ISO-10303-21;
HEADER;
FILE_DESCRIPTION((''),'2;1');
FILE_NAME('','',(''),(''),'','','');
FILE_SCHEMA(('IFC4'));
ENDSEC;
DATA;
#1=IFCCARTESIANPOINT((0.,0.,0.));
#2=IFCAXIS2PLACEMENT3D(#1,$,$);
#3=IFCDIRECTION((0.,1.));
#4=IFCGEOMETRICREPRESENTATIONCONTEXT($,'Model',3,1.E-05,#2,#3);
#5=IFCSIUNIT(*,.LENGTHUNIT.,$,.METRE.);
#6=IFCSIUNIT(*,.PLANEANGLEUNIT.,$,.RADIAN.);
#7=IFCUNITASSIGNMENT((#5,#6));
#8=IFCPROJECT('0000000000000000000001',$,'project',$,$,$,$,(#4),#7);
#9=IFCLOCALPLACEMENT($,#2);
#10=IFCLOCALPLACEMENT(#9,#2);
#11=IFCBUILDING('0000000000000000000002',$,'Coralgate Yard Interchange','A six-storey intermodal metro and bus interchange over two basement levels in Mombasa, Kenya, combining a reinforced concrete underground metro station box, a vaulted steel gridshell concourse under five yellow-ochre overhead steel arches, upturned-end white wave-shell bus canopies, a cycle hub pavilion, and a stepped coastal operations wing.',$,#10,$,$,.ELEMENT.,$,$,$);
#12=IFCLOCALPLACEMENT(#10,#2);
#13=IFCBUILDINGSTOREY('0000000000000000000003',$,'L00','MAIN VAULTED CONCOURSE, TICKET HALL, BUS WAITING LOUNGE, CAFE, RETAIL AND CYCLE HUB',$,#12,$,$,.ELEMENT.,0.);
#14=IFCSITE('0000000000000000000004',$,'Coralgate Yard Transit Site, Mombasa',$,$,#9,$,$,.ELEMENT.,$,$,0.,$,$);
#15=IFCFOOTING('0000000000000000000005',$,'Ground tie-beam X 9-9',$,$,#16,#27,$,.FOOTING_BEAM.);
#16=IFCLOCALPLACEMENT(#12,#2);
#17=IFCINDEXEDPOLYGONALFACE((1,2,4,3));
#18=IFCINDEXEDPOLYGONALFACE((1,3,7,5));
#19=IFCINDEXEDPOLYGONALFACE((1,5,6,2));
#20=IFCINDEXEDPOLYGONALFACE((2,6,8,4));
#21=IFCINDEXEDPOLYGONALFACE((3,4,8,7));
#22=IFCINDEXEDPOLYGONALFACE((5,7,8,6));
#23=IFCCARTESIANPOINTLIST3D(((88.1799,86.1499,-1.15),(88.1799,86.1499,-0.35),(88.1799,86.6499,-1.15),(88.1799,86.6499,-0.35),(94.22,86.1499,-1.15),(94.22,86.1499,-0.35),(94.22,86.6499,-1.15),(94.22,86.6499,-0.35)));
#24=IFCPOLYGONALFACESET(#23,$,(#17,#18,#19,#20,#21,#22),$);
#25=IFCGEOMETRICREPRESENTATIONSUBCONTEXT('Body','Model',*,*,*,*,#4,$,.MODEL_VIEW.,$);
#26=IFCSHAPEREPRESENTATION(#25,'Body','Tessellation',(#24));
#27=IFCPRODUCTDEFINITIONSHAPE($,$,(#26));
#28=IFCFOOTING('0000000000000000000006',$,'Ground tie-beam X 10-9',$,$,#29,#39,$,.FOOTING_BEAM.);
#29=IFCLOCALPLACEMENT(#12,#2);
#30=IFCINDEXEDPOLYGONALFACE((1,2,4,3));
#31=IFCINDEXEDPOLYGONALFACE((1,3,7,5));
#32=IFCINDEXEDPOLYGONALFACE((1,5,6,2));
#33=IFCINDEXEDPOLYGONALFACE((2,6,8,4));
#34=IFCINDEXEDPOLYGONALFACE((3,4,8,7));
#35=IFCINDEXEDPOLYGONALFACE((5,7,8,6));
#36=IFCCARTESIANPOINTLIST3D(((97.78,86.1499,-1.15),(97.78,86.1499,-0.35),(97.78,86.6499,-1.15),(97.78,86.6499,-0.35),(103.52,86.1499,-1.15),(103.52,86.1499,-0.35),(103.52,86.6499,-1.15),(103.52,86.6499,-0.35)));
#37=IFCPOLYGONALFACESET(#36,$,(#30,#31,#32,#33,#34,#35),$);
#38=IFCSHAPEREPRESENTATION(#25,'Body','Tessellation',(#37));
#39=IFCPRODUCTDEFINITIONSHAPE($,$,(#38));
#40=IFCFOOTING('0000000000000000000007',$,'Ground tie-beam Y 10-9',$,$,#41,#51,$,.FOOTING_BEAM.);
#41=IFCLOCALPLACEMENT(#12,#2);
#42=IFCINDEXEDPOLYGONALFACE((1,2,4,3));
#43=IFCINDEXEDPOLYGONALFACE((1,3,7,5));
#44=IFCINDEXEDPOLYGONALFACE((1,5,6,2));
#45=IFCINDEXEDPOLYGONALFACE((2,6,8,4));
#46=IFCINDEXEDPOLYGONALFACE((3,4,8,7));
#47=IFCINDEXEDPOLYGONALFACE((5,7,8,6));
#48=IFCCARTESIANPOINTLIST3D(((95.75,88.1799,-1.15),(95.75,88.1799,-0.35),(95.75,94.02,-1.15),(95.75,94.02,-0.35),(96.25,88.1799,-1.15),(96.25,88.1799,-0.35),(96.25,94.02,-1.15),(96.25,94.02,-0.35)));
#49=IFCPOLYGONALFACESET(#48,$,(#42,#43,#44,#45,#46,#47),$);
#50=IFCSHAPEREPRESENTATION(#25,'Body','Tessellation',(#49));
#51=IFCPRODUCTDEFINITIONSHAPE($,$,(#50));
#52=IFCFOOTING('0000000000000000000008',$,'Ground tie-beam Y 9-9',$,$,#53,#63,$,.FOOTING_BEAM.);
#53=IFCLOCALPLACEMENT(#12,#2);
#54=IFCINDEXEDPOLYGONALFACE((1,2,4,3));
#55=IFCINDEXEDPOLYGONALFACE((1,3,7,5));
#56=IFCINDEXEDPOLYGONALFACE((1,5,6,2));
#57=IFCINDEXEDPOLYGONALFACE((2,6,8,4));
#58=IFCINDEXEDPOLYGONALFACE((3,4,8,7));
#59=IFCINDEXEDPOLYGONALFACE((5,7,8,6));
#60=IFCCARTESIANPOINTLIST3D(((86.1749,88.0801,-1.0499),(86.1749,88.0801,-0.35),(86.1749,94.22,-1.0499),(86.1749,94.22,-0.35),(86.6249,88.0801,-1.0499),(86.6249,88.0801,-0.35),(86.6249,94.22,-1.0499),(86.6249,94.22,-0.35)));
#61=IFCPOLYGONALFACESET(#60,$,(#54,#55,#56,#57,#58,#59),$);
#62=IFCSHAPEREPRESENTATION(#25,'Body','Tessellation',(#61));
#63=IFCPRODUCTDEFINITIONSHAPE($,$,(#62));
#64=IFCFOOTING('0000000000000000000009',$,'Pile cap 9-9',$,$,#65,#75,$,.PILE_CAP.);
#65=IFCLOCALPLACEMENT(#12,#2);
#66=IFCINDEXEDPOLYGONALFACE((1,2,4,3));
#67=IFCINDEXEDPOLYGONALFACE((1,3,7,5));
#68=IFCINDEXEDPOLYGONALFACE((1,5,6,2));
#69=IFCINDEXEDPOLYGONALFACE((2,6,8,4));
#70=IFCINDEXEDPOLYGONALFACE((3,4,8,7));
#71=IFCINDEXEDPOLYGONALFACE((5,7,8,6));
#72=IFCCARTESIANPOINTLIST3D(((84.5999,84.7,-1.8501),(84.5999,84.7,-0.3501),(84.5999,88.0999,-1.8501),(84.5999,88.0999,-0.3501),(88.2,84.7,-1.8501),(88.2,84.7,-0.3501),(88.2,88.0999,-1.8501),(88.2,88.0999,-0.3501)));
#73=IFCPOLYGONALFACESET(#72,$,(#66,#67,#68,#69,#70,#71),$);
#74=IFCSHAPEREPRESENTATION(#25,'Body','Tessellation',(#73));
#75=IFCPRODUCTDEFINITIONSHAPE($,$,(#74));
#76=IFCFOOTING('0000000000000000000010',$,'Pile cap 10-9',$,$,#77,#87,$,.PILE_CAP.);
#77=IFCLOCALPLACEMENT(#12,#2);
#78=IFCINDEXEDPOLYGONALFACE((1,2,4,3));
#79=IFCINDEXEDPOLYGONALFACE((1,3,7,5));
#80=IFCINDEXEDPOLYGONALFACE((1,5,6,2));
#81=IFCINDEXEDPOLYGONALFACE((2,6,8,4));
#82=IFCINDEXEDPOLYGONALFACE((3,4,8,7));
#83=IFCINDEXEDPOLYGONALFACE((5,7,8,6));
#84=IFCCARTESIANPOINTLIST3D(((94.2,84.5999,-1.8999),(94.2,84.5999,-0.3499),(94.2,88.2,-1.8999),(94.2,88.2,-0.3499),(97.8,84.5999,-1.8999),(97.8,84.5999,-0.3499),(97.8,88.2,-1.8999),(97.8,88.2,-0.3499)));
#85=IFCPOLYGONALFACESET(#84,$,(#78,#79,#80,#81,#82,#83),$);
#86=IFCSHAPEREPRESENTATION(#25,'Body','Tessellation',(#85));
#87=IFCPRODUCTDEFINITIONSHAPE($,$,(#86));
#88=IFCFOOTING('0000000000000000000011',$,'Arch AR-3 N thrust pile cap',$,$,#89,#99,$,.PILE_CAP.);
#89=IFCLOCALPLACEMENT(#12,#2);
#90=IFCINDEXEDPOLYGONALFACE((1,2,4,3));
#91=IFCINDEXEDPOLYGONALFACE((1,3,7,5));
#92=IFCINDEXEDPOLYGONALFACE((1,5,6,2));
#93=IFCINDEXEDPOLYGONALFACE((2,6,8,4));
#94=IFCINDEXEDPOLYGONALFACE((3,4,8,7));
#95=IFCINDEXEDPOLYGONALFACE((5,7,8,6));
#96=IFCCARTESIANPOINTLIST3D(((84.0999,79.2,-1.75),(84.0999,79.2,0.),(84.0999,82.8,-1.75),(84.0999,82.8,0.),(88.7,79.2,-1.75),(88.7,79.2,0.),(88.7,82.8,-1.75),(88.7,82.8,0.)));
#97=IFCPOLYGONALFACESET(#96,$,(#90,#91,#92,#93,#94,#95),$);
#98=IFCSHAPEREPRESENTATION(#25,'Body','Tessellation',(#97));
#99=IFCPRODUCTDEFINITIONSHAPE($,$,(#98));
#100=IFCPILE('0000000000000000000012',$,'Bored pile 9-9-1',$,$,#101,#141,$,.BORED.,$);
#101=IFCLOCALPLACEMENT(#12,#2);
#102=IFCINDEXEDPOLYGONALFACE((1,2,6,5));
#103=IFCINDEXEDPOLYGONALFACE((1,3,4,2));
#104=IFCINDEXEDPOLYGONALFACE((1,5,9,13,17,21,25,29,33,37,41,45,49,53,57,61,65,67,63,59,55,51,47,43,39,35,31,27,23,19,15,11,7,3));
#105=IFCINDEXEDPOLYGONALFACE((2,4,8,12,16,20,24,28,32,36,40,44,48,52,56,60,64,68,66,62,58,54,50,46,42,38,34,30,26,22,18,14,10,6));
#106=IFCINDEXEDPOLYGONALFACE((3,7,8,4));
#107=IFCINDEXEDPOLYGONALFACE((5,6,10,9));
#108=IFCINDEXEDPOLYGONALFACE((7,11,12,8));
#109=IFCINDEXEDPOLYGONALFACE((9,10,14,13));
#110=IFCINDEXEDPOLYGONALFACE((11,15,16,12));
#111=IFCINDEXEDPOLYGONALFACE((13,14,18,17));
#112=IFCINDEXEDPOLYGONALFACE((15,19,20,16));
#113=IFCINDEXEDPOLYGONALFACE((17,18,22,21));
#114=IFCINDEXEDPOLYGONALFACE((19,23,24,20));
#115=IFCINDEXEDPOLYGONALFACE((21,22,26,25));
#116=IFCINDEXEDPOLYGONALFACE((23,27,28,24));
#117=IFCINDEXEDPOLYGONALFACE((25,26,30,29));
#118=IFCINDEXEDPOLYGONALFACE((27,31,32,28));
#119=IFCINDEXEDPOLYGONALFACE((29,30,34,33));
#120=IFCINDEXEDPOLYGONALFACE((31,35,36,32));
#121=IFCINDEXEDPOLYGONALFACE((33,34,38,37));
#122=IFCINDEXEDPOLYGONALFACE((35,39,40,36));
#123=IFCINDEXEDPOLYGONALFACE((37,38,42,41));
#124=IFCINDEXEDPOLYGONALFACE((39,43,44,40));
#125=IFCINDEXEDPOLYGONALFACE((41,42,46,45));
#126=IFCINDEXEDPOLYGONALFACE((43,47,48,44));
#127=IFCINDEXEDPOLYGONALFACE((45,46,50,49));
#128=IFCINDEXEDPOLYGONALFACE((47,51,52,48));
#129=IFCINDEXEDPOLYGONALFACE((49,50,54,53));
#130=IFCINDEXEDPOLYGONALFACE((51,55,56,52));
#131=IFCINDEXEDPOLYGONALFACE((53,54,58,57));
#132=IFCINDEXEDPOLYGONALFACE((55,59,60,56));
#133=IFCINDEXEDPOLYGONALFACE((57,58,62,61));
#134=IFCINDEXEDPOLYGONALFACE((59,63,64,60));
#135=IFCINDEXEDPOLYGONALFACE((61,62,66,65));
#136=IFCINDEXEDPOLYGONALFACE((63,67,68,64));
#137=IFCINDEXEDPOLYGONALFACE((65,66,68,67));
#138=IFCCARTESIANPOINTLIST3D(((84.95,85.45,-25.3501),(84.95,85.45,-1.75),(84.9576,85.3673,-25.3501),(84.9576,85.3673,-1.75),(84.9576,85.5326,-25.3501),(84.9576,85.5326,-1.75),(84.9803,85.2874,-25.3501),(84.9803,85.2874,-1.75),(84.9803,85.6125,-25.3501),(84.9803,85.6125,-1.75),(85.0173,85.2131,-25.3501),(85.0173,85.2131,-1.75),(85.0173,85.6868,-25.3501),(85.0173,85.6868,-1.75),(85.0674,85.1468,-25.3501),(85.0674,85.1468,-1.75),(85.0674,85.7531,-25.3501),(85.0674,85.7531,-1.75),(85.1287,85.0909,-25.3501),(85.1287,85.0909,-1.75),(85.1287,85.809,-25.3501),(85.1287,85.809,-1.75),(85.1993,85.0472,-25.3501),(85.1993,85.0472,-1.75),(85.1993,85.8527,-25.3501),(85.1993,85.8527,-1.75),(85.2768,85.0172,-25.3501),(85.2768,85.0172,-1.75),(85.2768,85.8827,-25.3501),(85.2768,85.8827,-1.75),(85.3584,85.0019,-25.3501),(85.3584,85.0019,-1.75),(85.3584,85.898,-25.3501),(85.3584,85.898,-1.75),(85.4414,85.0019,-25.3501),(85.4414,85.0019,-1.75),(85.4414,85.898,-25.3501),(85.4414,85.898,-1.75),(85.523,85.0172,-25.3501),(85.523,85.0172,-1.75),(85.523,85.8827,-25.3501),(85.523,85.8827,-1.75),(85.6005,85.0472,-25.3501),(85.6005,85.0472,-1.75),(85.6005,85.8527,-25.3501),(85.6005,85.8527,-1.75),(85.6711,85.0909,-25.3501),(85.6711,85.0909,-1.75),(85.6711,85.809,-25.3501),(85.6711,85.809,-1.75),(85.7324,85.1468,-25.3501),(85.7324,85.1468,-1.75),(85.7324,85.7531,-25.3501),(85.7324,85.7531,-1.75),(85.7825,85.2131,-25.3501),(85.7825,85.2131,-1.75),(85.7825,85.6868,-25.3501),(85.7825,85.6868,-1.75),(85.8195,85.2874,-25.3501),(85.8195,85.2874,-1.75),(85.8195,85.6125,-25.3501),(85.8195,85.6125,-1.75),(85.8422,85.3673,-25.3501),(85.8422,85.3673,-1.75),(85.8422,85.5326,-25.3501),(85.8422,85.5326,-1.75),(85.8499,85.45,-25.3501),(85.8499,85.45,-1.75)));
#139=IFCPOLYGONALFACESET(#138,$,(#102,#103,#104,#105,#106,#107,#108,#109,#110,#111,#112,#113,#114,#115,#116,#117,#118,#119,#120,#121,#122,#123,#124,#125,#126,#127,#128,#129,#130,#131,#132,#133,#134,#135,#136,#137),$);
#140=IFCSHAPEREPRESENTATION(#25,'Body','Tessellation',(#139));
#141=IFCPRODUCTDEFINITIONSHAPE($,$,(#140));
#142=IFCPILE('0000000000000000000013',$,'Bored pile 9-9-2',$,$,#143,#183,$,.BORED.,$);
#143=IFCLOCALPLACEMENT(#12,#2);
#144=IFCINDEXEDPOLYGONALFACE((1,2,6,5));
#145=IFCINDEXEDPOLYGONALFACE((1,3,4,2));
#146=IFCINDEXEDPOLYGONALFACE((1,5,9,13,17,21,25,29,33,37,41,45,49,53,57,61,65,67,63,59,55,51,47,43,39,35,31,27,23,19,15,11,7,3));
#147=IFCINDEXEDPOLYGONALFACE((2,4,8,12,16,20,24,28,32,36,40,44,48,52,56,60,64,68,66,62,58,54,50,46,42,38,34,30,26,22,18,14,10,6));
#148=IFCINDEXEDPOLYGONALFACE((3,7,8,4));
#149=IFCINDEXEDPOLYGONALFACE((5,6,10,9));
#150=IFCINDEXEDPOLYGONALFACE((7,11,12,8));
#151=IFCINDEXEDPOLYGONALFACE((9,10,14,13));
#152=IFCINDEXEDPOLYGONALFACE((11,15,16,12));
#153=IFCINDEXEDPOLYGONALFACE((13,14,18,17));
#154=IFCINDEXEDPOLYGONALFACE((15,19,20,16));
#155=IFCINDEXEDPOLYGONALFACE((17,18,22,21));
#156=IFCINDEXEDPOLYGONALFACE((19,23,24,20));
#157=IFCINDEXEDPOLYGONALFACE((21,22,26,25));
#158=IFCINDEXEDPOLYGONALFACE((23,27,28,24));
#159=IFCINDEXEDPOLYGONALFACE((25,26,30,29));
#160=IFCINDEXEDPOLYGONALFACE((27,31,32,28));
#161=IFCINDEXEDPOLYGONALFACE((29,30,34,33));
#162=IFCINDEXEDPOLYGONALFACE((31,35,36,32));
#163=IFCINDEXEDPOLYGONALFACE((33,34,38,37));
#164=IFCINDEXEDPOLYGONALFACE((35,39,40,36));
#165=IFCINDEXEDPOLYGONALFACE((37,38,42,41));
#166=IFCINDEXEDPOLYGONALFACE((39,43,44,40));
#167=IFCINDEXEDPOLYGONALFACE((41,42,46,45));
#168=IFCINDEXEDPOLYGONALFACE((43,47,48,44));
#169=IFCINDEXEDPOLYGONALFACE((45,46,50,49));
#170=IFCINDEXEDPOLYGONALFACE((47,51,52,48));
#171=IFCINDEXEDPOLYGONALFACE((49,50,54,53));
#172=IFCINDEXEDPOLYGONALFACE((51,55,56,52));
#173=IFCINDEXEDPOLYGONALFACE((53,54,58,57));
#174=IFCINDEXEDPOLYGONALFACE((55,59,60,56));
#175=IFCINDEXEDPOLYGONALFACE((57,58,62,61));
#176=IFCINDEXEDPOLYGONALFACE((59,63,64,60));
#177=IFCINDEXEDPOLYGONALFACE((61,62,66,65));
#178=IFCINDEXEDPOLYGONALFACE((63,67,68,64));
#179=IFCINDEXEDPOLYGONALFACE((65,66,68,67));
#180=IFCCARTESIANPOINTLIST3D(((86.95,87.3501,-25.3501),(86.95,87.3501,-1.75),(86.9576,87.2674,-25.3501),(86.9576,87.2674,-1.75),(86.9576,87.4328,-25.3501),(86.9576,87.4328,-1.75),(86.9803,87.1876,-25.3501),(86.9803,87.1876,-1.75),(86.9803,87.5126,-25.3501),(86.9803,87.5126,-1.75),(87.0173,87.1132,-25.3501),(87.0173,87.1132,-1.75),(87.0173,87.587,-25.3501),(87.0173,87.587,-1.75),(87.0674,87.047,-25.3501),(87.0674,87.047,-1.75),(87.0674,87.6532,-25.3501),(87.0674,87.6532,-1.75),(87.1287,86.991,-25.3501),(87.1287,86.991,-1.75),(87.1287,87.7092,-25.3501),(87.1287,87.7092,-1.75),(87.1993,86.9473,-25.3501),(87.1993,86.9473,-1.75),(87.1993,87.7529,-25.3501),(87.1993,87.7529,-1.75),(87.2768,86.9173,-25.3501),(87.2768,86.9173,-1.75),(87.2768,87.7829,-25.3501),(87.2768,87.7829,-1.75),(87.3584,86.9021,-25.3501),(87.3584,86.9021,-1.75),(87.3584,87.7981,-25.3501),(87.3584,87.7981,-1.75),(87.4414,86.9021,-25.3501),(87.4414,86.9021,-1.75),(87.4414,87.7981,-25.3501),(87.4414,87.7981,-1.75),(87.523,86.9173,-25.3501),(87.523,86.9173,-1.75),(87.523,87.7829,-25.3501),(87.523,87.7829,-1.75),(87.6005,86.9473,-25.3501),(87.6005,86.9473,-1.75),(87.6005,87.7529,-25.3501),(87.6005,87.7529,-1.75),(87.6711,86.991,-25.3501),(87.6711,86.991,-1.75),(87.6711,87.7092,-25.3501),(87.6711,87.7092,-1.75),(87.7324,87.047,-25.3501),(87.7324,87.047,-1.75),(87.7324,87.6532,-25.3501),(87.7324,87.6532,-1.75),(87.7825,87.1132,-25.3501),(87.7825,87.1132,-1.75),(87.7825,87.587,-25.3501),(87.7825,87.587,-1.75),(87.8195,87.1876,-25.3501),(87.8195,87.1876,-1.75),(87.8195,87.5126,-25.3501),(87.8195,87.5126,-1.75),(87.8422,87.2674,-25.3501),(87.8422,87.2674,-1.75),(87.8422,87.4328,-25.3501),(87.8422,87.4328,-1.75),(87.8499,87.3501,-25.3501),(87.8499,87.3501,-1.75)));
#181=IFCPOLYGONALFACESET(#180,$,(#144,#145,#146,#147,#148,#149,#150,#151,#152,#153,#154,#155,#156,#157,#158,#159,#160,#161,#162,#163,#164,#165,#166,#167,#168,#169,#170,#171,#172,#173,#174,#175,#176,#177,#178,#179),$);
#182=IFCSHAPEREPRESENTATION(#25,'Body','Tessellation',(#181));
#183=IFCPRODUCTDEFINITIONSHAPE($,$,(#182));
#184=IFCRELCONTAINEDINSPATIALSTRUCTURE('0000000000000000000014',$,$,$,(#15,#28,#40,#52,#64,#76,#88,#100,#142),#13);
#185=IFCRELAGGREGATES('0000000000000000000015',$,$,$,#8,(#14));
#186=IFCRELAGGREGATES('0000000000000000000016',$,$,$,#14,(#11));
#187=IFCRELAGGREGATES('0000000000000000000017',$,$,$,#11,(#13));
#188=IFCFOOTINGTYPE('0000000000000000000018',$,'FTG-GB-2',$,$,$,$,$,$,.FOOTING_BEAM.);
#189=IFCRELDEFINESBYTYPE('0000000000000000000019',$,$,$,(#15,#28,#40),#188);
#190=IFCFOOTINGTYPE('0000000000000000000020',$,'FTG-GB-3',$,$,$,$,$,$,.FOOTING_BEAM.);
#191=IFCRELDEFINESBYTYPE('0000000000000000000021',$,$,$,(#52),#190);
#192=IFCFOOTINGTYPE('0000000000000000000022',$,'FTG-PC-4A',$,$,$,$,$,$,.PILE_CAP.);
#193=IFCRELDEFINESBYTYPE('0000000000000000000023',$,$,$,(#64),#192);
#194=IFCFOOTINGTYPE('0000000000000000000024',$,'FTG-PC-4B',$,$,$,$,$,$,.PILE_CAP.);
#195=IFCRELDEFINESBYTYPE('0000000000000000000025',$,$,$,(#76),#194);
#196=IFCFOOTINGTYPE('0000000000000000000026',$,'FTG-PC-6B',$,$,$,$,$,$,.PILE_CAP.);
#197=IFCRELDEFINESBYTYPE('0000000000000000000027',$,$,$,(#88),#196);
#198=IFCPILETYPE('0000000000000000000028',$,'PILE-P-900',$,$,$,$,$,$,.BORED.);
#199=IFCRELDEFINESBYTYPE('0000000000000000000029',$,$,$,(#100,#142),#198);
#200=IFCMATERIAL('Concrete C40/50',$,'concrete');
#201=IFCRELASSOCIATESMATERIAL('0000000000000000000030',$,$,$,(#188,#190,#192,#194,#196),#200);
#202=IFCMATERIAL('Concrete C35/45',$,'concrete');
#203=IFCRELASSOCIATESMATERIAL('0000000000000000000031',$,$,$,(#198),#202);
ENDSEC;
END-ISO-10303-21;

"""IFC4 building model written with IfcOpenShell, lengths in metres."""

from ifc_helpers import new_model, si_unit, direction, frame, origin, origin_2d, place, context, subcontext, project, spatial, rectangle, circle, extrude, material, material_profile, profile_set, type_object, element, save


model = new_model("IFC4")

# Units and contexts
model_context = context("Model", 3, precision=1e-05, world=origin(), true_north=direction((0.0, 1.0)))
body_context = subcontext(model_context, "Body", "Model", "MODEL_VIEW")
ifc_project = project(units=[si_unit("LENGTHUNIT", "METRE"), si_unit("PLANEANGLEUNIT", "RADIAN")], contexts=[model_context])

# Site, building, storey
site_placement = place(None, origin())
site = spatial("IfcSite", under=ifc_project, at=site_placement, Name="Coralgate Yard Transit Site, Mombasa", CompositionType="ELEMENT", RefElevation=0.0)
building_placement = place(site_placement, origin())
building = spatial("IfcBuilding", under=site, at=building_placement, Name="Coralgate Yard Interchange", Description="A six-storey intermodal metro and bus interchange over two basement levels in Mombasa, Kenya, combining a reinforced concrete underground metro station box, a vaulted steel gridshell concourse under five yellow-ochre overhead steel arches, upturned-end white wave-shell bus canopies, a cycle hub pavilion, and a stepped coastal operations wing.", CompositionType="ELEMENT")
storey_placement = place(building_placement, origin())
storey = spatial("IfcBuildingStorey", under=building, at=storey_placement, Name="L00", Description="MAIN VAULTED CONCOURSE, TICKET HALL, BUS WAITING LOUNGE, CAFE, RETAIL AND CYCLE HUB", CompositionType="ELEMENT", Elevation=0.0)

# Footings
ifc_material_1 = material(Name="Concrete C40/50", Category="concrete")
ifc_material_profile_1 = material_profile(ifc_material_1, rectangle(XDim=0.5, YDim=0.8, at=origin_2d()), Name="RC 500x800")
ifc_profile_set_1 = profile_set([ifc_material_profile_1], Name="Concrete C40/50")
footing_type_1 = type_object("IfcFootingType", Name="FTG-GB-2", PredefinedType="FOOTING_BEAM", material=ifc_profile_set_1)
footing_1_placement = place(storey_placement, frame((88.1799, 86.3999, -0.75), z_axis=(1.0, 0.0, 0.0), x_axis=(0.0, 1.0, 0.0)))
element("IfcFooting", 1, at=footing_1_placement, inside=storey, type_object=footing_type_1, Name="Ground tie-beam X 9-9", PredefinedType="FOOTING_BEAM", context=body_context, shape_type="SweptSolid", body=[
    extrude(rectangle(XDim=0.5, YDim=0.8, at=origin_2d()), origin(), (0.0, 0.0, 1.0), 6.04),
])
footing_2_placement = place(storey_placement, frame((97.78, 86.3999, -0.75), z_axis=(1.0, 0.0, 0.0), x_axis=(0.0, 1.0, 0.0)))
element("IfcFooting", 2, at=footing_2_placement, inside=storey, type_object=footing_type_1, Name="Ground tie-beam X 10-9", PredefinedType="FOOTING_BEAM", context=body_context, shape_type="SweptSolid", body=[
    extrude(rectangle(XDim=0.5, YDim=0.8, at=origin_2d()), origin(), (0.0, 0.0, 1.0), 5.74),
])
footing_3_placement = place(storey_placement, frame((96.0, 88.1799, -0.75), z_axis=(0.0, 1.0, 0.0), x_axis=(-1.0, 0.0, 0.0)))
element("IfcFooting", 3, at=footing_3_placement, inside=storey, type_object=footing_type_1, Name="Ground tie-beam Y 10-9", PredefinedType="FOOTING_BEAM", context=body_context, shape_type="SweptSolid", body=[
    extrude(rectangle(XDim=0.5, YDim=0.8, at=origin_2d()), origin(), (0.0, 0.0, 1.0), 5.8401),
])
ifc_material_profile_2 = material_profile(ifc_material_1, rectangle(XDim=0.45, YDim=0.7, at=origin_2d()), Name="RC 450x700")
ifc_profile_set_2 = profile_set([ifc_material_profile_2], Name="Concrete C40/50")
footing_type_2 = type_object("IfcFootingType", Name="FTG-GB-3", PredefinedType="FOOTING_BEAM", material=ifc_profile_set_2)
footing_4_placement = place(storey_placement, frame((86.3999, 88.0801, -0.7), z_axis=(0.0, 1.0, 0.0), x_axis=(-1.0, 0.0, 0.0)))
element("IfcFooting", 4, at=footing_4_placement, inside=storey, type_object=footing_type_2, Name="Ground tie-beam Y 9-9", PredefinedType="FOOTING_BEAM", context=body_context, shape_type="SweptSolid", body=[
    extrude(rectangle(XDim=0.45, YDim=0.7, at=origin_2d()), origin(), (0.0, 0.0, 1.0), 6.1399),
])
footing_type_3 = type_object("IfcFootingType", Name="FTG-PC-4A", PredefinedType="PILE_CAP", material=ifc_material_1)
footing_5_placement = place(storey_placement, frame((86.3999, 86.3999, -1.8501), z_axis=(0.0, 0.0, 1.0), x_axis=(1.0, 0.0, 0.0)))
element("IfcFooting", 5, at=footing_5_placement, inside=storey, type_object=footing_type_3, Name="Pile cap 9-9", PredefinedType="PILE_CAP", context=body_context, shape_type="SweptSolid", body=[
    extrude(rectangle(XDim=3.6001, YDim=3.3999, at=origin_2d()), origin(), (0.0, 0.0, 1.0), 1.5),
])
footing_type_4 = type_object("IfcFootingType", Name="FTG-PC-4B", PredefinedType="PILE_CAP", material=ifc_material_1)
footing_6_placement = place(storey_placement, frame((96.0, 86.3999, -1.8999), z_axis=(0.0, 0.0, 1.0), x_axis=(1.0, 0.0, 0.0)))
element("IfcFooting", 6, at=footing_6_placement, inside=storey, type_object=footing_type_4, Name="Pile cap 10-9", PredefinedType="PILE_CAP", context=body_context, shape_type="SweptSolid", body=[
    extrude(rectangle(XDim=3.6001, YDim=3.6001, at=origin_2d()), origin(), (0.0, 0.0, 1.0), 1.55),
])
footing_type_5 = type_object("IfcFootingType", Name="FTG-PC-6B", PredefinedType="PILE_CAP", material=ifc_material_1)
footing_7_placement = place(storey_placement, frame((86.3999, 81.0, -1.75), z_axis=(0.0, 0.0, 1.0), x_axis=(1.0, 0.0, 0.0)))
element("IfcFooting", 7, at=footing_7_placement, inside=storey, type_object=footing_type_5, Name="Arch AR-3 N thrust pile cap", PredefinedType="PILE_CAP", context=body_context, shape_type="SweptSolid", body=[
    extrude(rectangle(XDim=4.6001, YDim=3.6001, at=origin_2d()), origin(), (0.0, 0.0, 1.0), 1.75),
])

# Piles
ifc_material_2 = material(Name="Concrete C35/45", Category="concrete")
ifc_material_profile_3 = material_profile(ifc_material_2, circle(Radius=0.45, at=origin_2d()), Name="BORED PILE D900")
ifc_profile_set_3 = profile_set([ifc_material_profile_3], Name="Concrete C35/45")
pile_type = type_object("IfcPileType", Name="PILE-P-900", PredefinedType="BORED", material=ifc_profile_set_3)
for number, where, z_axis, x_axis, name in (
    (8, (85.3999, 85.45, -1.75), (0.0, 0.0, -1.0), (1.0, 0.0, 0.0), "Bored pile 9-9-1"),
    (9, (87.3999, 87.3501, -1.75), (0.0, 0.0, -1.0), (1.0, 0.0, 0.0), "Bored pile 9-9-2"),
):
    element("IfcPile", number, at=place(storey_placement, frame(where, z_axis=z_axis, x_axis=x_axis)), inside=storey, type_object=pile_type, Name=name, PredefinedType="BORED", context=body_context, shape_type="SweptSolid", body=[
        extrude(circle(Radius=0.45, at=origin_2d()), origin(), (0.0, 0.0, 1.0), 23.6001),
    ])

save(model, "model.ifc")
